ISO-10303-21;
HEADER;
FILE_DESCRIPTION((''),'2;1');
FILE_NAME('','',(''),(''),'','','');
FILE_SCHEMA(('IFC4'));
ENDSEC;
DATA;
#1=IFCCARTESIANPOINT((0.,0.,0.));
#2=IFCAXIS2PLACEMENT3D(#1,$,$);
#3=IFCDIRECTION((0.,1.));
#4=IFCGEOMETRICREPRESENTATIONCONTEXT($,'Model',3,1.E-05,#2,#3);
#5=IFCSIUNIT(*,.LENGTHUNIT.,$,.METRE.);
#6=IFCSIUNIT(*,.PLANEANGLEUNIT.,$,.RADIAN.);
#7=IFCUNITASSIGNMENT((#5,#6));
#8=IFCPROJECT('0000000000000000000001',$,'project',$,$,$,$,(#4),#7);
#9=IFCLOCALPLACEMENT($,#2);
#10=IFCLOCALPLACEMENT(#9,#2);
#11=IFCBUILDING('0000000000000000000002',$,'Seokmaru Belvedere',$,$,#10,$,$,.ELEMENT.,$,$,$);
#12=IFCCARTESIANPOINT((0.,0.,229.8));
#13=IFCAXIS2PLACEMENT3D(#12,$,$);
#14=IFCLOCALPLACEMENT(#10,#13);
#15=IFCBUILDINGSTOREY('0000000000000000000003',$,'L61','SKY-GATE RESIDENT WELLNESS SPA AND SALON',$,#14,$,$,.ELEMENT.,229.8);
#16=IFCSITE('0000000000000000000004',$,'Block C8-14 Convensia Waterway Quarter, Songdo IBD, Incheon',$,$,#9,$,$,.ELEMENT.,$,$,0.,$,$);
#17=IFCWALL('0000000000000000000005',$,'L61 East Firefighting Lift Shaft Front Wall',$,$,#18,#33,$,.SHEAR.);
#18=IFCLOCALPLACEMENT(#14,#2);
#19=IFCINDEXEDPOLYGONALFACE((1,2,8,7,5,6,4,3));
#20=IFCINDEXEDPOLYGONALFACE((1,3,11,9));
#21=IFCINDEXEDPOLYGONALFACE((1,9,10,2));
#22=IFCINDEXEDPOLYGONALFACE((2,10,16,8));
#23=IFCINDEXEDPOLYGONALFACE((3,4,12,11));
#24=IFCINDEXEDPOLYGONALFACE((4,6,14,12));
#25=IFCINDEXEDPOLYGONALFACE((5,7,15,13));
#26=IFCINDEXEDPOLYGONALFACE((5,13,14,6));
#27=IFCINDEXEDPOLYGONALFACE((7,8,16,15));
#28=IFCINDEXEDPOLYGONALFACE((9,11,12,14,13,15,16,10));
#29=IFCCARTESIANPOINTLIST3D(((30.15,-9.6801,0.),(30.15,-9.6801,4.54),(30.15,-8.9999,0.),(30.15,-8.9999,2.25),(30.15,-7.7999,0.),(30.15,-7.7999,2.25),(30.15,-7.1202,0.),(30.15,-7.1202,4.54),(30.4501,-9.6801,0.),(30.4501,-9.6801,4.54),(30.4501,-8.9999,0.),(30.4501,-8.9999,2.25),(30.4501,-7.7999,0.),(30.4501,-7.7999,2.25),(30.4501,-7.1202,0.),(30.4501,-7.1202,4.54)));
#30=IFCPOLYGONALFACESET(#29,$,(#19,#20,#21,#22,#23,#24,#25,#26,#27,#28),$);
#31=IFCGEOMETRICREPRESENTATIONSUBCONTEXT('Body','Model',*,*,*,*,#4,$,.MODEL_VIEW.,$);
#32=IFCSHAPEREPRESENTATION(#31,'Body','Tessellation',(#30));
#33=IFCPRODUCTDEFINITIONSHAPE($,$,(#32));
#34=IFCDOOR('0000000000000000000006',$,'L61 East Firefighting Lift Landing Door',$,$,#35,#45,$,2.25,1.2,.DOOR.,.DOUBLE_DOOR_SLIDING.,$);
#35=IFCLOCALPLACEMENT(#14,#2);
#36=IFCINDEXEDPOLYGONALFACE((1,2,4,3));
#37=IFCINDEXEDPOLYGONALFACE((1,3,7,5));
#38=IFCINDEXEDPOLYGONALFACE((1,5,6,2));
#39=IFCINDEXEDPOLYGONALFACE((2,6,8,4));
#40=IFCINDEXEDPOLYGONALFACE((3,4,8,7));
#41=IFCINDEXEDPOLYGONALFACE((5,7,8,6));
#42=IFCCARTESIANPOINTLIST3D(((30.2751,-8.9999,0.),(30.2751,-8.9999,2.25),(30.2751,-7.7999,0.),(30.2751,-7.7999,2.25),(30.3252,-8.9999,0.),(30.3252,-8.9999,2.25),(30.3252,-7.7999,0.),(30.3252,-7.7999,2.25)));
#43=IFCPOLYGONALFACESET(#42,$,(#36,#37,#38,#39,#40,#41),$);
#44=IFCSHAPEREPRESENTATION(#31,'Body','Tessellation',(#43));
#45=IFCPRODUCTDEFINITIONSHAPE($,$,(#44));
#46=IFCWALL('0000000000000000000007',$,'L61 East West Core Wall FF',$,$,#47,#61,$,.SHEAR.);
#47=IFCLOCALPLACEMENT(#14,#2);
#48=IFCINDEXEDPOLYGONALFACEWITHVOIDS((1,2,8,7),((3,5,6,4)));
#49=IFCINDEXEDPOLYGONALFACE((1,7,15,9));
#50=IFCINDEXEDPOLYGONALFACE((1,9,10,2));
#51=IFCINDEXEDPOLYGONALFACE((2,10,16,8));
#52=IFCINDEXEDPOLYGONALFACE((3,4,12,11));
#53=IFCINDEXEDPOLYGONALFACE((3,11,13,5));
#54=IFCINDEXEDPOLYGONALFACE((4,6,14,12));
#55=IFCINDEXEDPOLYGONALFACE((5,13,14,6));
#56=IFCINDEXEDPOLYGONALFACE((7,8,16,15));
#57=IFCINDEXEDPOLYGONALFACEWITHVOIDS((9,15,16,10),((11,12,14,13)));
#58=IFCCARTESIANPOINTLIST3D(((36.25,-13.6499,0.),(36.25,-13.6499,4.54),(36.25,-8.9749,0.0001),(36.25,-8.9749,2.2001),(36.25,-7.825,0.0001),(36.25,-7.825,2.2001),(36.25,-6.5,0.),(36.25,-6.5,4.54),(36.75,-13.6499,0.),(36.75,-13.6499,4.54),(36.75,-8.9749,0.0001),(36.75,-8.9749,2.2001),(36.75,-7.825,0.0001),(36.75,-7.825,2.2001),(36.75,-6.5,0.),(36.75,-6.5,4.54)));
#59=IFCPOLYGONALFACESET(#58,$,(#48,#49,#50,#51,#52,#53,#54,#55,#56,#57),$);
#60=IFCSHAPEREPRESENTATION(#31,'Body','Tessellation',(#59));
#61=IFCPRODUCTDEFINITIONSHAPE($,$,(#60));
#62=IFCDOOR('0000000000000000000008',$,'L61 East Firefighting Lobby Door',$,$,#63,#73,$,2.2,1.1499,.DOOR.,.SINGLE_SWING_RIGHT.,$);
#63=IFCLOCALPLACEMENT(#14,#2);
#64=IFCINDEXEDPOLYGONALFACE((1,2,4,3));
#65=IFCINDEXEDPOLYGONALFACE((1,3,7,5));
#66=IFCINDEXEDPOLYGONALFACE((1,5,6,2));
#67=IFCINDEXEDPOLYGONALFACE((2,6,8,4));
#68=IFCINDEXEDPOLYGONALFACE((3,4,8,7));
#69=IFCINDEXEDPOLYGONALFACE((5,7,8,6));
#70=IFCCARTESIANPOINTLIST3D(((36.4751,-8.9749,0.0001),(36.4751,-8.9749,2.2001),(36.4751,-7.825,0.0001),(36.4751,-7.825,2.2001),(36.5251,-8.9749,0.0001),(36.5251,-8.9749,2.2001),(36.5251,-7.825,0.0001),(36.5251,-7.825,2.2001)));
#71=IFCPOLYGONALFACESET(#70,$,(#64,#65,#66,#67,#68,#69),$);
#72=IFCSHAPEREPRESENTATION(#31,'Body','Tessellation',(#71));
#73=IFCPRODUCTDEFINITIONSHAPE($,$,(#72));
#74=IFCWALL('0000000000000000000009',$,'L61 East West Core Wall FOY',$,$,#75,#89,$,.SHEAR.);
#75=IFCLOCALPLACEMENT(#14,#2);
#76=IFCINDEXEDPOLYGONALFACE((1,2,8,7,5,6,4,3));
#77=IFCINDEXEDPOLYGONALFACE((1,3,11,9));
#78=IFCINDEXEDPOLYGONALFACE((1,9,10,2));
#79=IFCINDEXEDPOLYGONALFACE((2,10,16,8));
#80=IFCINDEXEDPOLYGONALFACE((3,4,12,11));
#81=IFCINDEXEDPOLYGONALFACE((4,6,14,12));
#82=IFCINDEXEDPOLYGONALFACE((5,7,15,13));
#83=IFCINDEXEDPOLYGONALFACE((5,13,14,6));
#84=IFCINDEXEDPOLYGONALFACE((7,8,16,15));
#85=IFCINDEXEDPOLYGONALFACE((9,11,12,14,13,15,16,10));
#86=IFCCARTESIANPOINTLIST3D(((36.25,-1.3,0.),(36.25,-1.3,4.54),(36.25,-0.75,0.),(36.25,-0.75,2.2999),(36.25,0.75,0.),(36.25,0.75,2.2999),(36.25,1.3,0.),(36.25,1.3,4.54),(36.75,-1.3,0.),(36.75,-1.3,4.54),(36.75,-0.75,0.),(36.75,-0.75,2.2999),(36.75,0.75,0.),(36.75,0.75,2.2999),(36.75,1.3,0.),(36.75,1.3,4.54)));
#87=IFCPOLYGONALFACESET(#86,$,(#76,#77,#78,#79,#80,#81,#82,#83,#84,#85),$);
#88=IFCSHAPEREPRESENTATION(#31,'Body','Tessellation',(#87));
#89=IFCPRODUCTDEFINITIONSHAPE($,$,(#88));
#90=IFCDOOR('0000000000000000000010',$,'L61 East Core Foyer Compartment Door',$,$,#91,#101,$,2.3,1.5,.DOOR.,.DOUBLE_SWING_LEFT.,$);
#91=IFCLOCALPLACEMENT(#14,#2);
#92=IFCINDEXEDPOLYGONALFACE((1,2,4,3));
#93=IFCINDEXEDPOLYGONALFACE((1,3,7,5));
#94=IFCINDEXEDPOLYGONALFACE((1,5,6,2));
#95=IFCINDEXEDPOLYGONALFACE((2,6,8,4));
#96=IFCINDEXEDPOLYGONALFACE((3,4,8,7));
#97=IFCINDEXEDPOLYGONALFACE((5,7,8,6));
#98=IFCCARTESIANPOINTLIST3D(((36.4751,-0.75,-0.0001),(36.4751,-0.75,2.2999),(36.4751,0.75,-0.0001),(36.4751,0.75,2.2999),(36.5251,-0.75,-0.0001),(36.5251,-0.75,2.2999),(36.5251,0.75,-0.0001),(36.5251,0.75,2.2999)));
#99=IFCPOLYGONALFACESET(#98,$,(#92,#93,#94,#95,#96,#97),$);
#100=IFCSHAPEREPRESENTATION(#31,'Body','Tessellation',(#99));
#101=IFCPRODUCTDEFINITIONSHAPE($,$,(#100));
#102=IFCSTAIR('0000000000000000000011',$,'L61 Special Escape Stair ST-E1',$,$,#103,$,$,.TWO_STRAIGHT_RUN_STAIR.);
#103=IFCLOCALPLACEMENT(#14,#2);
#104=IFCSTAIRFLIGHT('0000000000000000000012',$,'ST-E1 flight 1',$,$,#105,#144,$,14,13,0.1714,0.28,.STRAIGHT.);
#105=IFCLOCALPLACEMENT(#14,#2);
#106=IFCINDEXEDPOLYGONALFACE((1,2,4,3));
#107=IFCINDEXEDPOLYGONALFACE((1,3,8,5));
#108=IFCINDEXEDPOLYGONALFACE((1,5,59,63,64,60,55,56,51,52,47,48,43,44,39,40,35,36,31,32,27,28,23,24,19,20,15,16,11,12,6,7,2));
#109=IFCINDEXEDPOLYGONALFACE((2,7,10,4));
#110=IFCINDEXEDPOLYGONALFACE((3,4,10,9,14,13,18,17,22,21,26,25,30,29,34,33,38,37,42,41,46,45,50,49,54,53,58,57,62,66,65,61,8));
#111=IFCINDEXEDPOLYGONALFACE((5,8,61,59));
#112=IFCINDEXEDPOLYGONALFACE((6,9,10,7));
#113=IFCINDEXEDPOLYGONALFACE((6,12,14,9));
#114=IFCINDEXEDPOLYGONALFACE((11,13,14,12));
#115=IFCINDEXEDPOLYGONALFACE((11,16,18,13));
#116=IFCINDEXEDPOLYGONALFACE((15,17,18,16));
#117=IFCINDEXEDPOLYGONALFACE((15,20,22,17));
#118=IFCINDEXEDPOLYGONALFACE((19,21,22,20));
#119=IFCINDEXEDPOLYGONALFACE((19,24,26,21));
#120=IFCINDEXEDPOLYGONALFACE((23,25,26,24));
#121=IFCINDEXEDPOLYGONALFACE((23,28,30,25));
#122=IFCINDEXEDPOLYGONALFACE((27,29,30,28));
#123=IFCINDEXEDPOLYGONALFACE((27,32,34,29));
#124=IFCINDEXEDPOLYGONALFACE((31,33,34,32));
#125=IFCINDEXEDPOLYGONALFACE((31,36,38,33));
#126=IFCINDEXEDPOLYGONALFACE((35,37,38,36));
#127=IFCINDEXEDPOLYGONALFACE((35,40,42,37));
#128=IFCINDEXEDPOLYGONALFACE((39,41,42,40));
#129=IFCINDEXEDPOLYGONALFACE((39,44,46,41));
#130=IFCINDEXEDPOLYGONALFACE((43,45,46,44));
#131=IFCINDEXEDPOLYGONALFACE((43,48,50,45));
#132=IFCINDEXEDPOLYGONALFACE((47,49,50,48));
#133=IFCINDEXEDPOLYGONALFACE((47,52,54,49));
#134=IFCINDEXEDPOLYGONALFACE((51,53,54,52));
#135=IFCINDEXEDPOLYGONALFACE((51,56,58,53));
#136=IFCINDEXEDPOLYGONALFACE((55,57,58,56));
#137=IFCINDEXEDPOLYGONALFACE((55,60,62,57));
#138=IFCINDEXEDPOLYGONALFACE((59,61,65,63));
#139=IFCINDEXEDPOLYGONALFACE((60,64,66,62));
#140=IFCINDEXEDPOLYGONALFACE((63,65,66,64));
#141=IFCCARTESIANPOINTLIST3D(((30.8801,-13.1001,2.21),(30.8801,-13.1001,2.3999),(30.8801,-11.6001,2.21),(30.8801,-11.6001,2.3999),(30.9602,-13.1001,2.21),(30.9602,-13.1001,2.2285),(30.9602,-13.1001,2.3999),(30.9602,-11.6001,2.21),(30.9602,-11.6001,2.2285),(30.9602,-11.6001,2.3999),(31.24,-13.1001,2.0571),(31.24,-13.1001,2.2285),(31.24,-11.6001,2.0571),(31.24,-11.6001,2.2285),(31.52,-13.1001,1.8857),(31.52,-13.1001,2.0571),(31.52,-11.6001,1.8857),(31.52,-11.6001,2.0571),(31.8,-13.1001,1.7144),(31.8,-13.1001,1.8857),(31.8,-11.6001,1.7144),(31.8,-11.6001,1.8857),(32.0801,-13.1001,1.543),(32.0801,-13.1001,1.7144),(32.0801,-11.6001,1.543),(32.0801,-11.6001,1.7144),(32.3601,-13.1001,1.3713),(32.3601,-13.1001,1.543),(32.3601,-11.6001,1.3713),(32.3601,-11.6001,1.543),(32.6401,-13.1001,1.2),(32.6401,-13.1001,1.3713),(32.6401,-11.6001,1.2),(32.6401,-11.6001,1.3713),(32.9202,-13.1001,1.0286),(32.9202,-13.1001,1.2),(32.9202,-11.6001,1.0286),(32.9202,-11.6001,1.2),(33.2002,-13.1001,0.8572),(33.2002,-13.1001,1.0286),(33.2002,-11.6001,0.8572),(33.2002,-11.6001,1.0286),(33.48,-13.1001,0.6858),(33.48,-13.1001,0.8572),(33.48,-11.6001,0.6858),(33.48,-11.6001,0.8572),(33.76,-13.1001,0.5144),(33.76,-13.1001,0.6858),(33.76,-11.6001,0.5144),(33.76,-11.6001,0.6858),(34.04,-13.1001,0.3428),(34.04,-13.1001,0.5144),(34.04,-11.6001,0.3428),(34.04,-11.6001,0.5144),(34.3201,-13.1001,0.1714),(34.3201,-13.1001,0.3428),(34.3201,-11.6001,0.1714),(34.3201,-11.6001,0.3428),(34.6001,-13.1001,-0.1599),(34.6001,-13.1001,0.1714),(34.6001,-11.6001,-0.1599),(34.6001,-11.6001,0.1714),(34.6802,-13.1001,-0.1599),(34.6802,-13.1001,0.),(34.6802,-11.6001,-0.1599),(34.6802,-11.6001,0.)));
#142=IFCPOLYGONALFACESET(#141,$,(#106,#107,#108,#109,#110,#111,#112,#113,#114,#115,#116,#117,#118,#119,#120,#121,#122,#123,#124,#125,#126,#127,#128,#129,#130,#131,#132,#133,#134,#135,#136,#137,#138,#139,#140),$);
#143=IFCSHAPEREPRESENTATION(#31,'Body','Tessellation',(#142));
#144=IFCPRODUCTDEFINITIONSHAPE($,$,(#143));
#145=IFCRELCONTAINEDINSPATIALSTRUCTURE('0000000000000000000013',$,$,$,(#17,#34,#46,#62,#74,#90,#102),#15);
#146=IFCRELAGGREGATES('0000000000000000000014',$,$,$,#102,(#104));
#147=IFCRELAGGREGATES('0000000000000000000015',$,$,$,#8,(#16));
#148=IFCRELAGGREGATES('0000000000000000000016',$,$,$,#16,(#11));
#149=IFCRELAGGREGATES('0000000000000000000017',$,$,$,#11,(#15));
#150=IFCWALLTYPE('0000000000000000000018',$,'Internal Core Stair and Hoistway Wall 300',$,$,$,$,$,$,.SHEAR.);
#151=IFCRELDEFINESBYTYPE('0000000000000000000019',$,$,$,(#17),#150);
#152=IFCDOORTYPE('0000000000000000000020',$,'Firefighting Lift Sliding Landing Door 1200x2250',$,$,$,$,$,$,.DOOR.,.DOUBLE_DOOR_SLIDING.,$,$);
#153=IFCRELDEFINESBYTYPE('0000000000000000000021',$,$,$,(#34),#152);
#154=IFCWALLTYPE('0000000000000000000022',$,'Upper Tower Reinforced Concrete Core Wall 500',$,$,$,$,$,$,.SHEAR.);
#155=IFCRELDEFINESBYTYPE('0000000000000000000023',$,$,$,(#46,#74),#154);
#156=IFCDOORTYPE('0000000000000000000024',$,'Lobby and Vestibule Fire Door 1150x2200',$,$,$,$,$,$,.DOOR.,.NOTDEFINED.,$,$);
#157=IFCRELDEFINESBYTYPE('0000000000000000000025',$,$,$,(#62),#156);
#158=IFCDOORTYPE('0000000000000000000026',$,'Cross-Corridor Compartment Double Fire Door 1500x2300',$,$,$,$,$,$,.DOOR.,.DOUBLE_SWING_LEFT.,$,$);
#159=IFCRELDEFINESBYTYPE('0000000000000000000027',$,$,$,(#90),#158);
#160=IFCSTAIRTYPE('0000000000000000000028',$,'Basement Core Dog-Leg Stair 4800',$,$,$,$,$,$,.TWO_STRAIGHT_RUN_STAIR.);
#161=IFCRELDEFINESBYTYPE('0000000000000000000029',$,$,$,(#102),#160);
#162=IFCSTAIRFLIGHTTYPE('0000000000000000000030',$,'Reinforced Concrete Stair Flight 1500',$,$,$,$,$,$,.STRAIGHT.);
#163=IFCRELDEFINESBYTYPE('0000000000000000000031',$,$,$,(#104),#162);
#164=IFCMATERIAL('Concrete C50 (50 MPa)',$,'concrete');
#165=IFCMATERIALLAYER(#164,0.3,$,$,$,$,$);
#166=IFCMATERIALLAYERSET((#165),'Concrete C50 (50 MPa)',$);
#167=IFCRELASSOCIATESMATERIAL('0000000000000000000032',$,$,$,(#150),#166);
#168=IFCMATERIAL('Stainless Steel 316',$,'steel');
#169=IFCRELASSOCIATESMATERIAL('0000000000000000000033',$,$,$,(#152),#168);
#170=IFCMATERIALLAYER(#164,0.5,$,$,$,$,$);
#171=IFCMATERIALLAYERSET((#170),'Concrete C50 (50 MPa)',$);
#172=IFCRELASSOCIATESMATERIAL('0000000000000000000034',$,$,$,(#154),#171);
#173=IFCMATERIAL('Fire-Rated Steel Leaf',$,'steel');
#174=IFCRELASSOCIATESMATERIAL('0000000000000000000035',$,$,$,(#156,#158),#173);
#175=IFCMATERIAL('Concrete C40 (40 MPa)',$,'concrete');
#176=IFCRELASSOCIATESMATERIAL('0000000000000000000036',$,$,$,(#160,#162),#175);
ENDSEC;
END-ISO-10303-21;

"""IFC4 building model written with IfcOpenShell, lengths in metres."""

from ifc_helpers import new_model, si_unit, direction, frame, frame_2d, origin, place, context, subcontext, project, spatial, polyline, rectangle, outline, extrude, source, transform, mapped, material, layer, layer_set, type_object, type_shapes, element, fill, aggregate, save


model = new_model("IFC4")

# Units and contexts
model_context = context("Model", 3, precision=1e-05, world=origin(), true_north=direction((0.0, 1.0)))
body_context = subcontext(model_context, "Body", "Model", "MODEL_VIEW")
ifc_project = project(units=[si_unit("LENGTHUNIT", "METRE"), si_unit("PLANEANGLEUNIT", "RADIAN")], contexts=[model_context])

# Site, building, storey
site_placement = place(None, origin())
site = spatial("IfcSite", under=ifc_project, at=site_placement, Name="Block C8-14 Convensia Waterway Quarter, Songdo IBD, Incheon", CompositionType="ELEMENT", RefElevation=0.0)
building_placement = place(site_placement, origin())
building = spatial("IfcBuilding", under=site, at=building_placement, Name="Seokmaru Belvedere", CompositionType="ELEMENT")
storey_placement = place(building_placement, frame((0.0, 0.0, 229.8)))
storey = spatial("IfcBuildingStorey", under=building, at=storey_placement, Name="L61", Description="SKY-GATE RESIDENT WELLNESS SPA AND SALON", CompositionType="ELEMENT", Elevation=229.8)

# Shared definitions
ifc_material_1 = material(Name="Fire-Rated Steel Leaf", Category="steel")

# Walls, openings, doors
ifc_material_2 = material(Name="Concrete C50 (50 MPa)", Category="concrete")
ifc_layer_1 = layer(ifc_material_2, 0.3)
ifc_layer_set_1 = layer_set([ifc_layer_1], Name="Concrete C50 (50 MPa)")
wall_type_1 = type_object("IfcWallType", Name="Internal Core Stair and Hoistway Wall 300", PredefinedType="SHEAR", material=ifc_layer_set_1)
wall_1_placement = place(storey_placement, frame((30.3, -9.6799, 0.0), z_axis=(0.0, 0.0, 1.0), x_axis=(0.0, 1.0, 0.0)))
wall_1 = element("IfcWall", 1, at=wall_1_placement, inside=storey, type_object=wall_type_1, Name="L61 East Firefighting Lift Shaft Front Wall", PredefinedType="SHEAR", context=body_context, shape_type="SweptSolid", body=[
    extrude(rectangle(XDim=2.5598, YDim=0.3, at=frame_2d((1.2798, 0.0))), origin(), (0.0, 0.0, 1.0), 4.54),
])
opening_1_placement = place(wall_1_placement, frame((0.6799, 0.0, 0.0)))
opening_1 = element("IfcOpeningElement", 2, at=opening_1_placement, cuts=wall_1, PredefinedType="OPENING", context=body_context, shape_type="SweptSolid", body=[
    extrude(rectangle(XDim=1.2, YDim=2.25, at=frame_2d((0.6001, 1.125))), frame((0.0, 0.1602, 0.0), z_axis=(0.0, -1.0, 0.0), x_axis=(1.0, 0.0, 0.0)), (0.0, 0.0, 1.0), 0.3201),
])
ifc_material_3 = material(Name="Stainless Steel 316", Category="steel")
door_type_1 = type_object("IfcDoorType", Name="Firefighting Lift Sliding Landing Door 1200x2250", OperationType="DOUBLE_DOOR_SLIDING", PredefinedType="DOOR", material=ifc_material_3)
shared_shape_1 = source(origin(), body_context, "Body", "SweptSolid", [
    extrude(rectangle(XDim=1.2, YDim=2.25, at=frame_2d((0.6001, 1.125))), frame((0.0, 0.0249, 0.0), z_axis=(0.0, -1.0, 0.0), x_axis=(1.0, 0.0, 0.0)), (0.0, 0.0, 1.0), 0.05),
])
type_shapes(door_type_1, [shared_shape_1])
door_1_placement = place(opening_1_placement, origin())
door_1 = element("IfcDoor", 3, at=door_1_placement, inside=storey, type_object=door_type_1, Name="L61 East Firefighting Lift Landing Door", OperationType="DOUBLE_DOOR_SLIDING", OverallHeight=2.25, OverallWidth=1.2, PredefinedType="DOOR", context=body_context, shape_type="MappedRepresentation", body=[
    mapped(shared_shape_1, transform((0.0, 0.0, 0.0), scale=1.0)),
])
fill(opening_1, door_1)
ifc_layer_2 = layer(ifc_material_2, 0.5)
ifc_layer_set_2 = layer_set([ifc_layer_2], Name="Concrete C50 (50 MPa)")
wall_type_2 = type_object("IfcWallType", Name="Upper Tower Reinforced Concrete Core Wall 500", PredefinedType="SHEAR", material=ifc_layer_set_2)
wall_2_placement = place(storey_placement, frame((36.5, -13.6499, 0.0), z_axis=(0.0, 0.0, 1.0), x_axis=(0.0, 1.0, 0.0)))
wall_2 = element("IfcWall", 4, at=wall_2_placement, inside=storey, type_object=wall_type_2, Name="L61 East West Core Wall FF", PredefinedType="SHEAR", context=body_context, shape_type="SweptSolid", body=[
    extrude(rectangle(XDim=7.1499, YDim=0.5, at=frame_2d((3.575, 0.0))), origin(), (0.0, 0.0, 1.0), 4.54),
])
opening_2_placement = place(wall_2_placement, frame((4.675, 0.0, 0.0)))
opening_2 = element("IfcOpeningElement", 5, at=opening_2_placement, cuts=wall_2, PredefinedType="OPENING", context=body_context, shape_type="SweptSolid", body=[
    extrude(rectangle(XDim=1.1499, YDim=2.2, at=frame_2d((0.575, 1.1001))), frame((0.0, 0.26, 0.0), z_axis=(0.0, -1.0, 0.0), x_axis=(1.0, 0.0, 0.0)), (0.0, 0.0, 1.0), 0.52),
])
door_type_2 = type_object("IfcDoorType", Name="Lobby and Vestibule Fire Door 1150x2200", OperationType="NOTDEFINED", PredefinedType="DOOR", material=ifc_material_1)
shared_shape_2 = source(origin(), body_context, "Body", "SweptSolid", [
    extrude(rectangle(XDim=1.1499, YDim=2.2, at=frame_2d((0.575, 1.1001))), frame((0.0, 0.0249, 0.0), z_axis=(0.0, -1.0, 0.0), x_axis=(1.0, 0.0, 0.0)), (0.0, 0.0, 1.0), 0.05),
])
type_shapes(door_type_2, [shared_shape_2])
door_2_placement = place(opening_2_placement, origin())
door_2 = element("IfcDoor", 6, at=door_2_placement, inside=storey, type_object=door_type_2, Name="L61 East Firefighting Lobby Door", OperationType="SINGLE_SWING_RIGHT", OverallHeight=2.2, OverallWidth=1.1499, PredefinedType="DOOR", context=body_context, shape_type="MappedRepresentation", body=[
    mapped(shared_shape_2, transform((0.0, 0.0, 0.0), scale=1.0)),
])
fill(opening_2, door_2)
wall_3_placement = place(storey_placement, frame((36.5, -1.3, 0.0), z_axis=(0.0, 0.0, 1.0), x_axis=(0.0, 1.0, 0.0)))
wall_3 = element("IfcWall", 7, at=wall_3_placement, inside=storey, type_object=wall_type_2, Name="L61 East West Core Wall FOY", PredefinedType="SHEAR", context=body_context, shape_type="SweptSolid", body=[
    extrude(rectangle(XDim=2.6001, YDim=0.5, at=frame_2d((1.3, 0.0))), origin(), (0.0, 0.0, 1.0), 4.54),
])
opening_3_placement = place(wall_3_placement, frame((0.55, 0.0, 0.0)))
opening_3 = element("IfcOpeningElement", 8, at=opening_3_placement, cuts=wall_3, PredefinedType="OPENING", context=body_context, shape_type="SweptSolid", body=[
    extrude(rectangle(XDim=1.5, YDim=2.3, at=frame_2d((0.75, 1.1499))), frame((0.0, 0.26, 0.0), z_axis=(0.0, -1.0, 0.0), x_axis=(1.0, 0.0, 0.0)), (0.0, 0.0, 1.0), 0.52),
])
door_type_3 = type_object("IfcDoorType", Name="Cross-Corridor Compartment Double Fire Door 1500x2300", OperationType="DOUBLE_SWING_LEFT", PredefinedType="DOOR", material=ifc_material_1)
shared_shape_3 = source(origin(), body_context, "Body", "SweptSolid", [
    extrude(rectangle(XDim=1.5, YDim=2.3, at=frame_2d((0.75, 1.1499))), frame((0.0, 0.0249, 0.0), z_axis=(0.0, -1.0, 0.0), x_axis=(1.0, 0.0, 0.0)), (0.0, 0.0, 1.0), 0.05),
])
type_shapes(door_type_3, [shared_shape_3])
door_3_placement = place(opening_3_placement, origin())
door_3 = element("IfcDoor", 9, at=door_3_placement, inside=storey, type_object=door_type_3, Name="L61 East Core Foyer Compartment Door", OperationType="DOUBLE_SWING_LEFT", OverallHeight=2.3, OverallWidth=1.5, PredefinedType="DOOR", context=body_context, shape_type="MappedRepresentation", body=[
    mapped(shared_shape_3, transform((0.0, 0.0, 0.0), scale=1.0)),
])
fill(opening_3, door_3)

# Stair, stair flight
ifc_material_4 = material(Name="Concrete C40 (40 MPa)", Category="concrete")
stair_type = type_object("IfcStairType", Name="Basement Core Dog-Leg Stair 4800", PredefinedType="TWO_STRAIGHT_RUN_STAIR", material=ifc_material_4)
stair_placement = place(storey_placement, origin())
stair = element("IfcStair", 10, at=stair_placement, inside=storey, type_object=stair_type, Name="L61 Special Escape Stair ST-E1", PredefinedType="TWO_STRAIGHT_RUN_STAIR")
stair_flight_type = type_object("IfcStairFlightType", Name="Reinforced Concrete Stair Flight 1500", PredefinedType="STRAIGHT", material=ifc_material_4)
stair_flight_1_placement = place(storey_placement, frame((34.6001, -12.3501, 0.0), z_axis=(0.0, 0.0, 1.0), x_axis=(-1.0, 0.0, 0.0)))
stair_flight_1 = element("IfcStairFlight", 11, at=stair_flight_1_placement, type_object=stair_flight_type, Name="ST-E1 flight 1", NumberOfRisers=14, NumberOfTreads=13, PredefinedType="STRAIGHT", RiserHeight=0.1714, TreadLength=0.28, context=body_context, shape_type="SweptSolid", body=[
    extrude(outline(polyline([(-0.0801, 0.0), (0.0, 0.1714), (0.28, 0.1714), (0.28, 0.3428), (0.5601, 0.3428), (0.5601, 0.5144), (0.8401, 0.5144), (0.8401, 0.6858), (1.1201, 0.6858), (1.1201, 0.8572), (1.3999, 0.8572), (1.3999, 1.0286), (1.6799, 1.0286), (1.6799, 1.2), (1.96, 1.2), (1.96, 1.3713), (2.24, 1.3713), (2.24, 1.543), (2.52, 1.543), (2.52, 1.7144), (2.8, 1.7144), (2.8, 1.8857), (3.0801, 1.8857), (3.0801, 2.0571), (3.3601, 2.0571), (3.3601, 2.2285), (3.6399, 2.2285), (3.6399, 2.3999), (3.72, 2.3999), (3.72, 2.21), (3.6399, 2.21), (0.0, -0.1599), (-0.0801, -0.1599), (-0.0801, 0.0)])), frame((0.0, 0.75, 0.0), z_axis=(0.0, -1.0, 0.0), x_axis=(1.0, 0.0, 0.0)), (0.0, 0.0, 1.0), 1.5),
])
aggregate(stair, [stair_flight_1])

save(model, "model.ifc")
